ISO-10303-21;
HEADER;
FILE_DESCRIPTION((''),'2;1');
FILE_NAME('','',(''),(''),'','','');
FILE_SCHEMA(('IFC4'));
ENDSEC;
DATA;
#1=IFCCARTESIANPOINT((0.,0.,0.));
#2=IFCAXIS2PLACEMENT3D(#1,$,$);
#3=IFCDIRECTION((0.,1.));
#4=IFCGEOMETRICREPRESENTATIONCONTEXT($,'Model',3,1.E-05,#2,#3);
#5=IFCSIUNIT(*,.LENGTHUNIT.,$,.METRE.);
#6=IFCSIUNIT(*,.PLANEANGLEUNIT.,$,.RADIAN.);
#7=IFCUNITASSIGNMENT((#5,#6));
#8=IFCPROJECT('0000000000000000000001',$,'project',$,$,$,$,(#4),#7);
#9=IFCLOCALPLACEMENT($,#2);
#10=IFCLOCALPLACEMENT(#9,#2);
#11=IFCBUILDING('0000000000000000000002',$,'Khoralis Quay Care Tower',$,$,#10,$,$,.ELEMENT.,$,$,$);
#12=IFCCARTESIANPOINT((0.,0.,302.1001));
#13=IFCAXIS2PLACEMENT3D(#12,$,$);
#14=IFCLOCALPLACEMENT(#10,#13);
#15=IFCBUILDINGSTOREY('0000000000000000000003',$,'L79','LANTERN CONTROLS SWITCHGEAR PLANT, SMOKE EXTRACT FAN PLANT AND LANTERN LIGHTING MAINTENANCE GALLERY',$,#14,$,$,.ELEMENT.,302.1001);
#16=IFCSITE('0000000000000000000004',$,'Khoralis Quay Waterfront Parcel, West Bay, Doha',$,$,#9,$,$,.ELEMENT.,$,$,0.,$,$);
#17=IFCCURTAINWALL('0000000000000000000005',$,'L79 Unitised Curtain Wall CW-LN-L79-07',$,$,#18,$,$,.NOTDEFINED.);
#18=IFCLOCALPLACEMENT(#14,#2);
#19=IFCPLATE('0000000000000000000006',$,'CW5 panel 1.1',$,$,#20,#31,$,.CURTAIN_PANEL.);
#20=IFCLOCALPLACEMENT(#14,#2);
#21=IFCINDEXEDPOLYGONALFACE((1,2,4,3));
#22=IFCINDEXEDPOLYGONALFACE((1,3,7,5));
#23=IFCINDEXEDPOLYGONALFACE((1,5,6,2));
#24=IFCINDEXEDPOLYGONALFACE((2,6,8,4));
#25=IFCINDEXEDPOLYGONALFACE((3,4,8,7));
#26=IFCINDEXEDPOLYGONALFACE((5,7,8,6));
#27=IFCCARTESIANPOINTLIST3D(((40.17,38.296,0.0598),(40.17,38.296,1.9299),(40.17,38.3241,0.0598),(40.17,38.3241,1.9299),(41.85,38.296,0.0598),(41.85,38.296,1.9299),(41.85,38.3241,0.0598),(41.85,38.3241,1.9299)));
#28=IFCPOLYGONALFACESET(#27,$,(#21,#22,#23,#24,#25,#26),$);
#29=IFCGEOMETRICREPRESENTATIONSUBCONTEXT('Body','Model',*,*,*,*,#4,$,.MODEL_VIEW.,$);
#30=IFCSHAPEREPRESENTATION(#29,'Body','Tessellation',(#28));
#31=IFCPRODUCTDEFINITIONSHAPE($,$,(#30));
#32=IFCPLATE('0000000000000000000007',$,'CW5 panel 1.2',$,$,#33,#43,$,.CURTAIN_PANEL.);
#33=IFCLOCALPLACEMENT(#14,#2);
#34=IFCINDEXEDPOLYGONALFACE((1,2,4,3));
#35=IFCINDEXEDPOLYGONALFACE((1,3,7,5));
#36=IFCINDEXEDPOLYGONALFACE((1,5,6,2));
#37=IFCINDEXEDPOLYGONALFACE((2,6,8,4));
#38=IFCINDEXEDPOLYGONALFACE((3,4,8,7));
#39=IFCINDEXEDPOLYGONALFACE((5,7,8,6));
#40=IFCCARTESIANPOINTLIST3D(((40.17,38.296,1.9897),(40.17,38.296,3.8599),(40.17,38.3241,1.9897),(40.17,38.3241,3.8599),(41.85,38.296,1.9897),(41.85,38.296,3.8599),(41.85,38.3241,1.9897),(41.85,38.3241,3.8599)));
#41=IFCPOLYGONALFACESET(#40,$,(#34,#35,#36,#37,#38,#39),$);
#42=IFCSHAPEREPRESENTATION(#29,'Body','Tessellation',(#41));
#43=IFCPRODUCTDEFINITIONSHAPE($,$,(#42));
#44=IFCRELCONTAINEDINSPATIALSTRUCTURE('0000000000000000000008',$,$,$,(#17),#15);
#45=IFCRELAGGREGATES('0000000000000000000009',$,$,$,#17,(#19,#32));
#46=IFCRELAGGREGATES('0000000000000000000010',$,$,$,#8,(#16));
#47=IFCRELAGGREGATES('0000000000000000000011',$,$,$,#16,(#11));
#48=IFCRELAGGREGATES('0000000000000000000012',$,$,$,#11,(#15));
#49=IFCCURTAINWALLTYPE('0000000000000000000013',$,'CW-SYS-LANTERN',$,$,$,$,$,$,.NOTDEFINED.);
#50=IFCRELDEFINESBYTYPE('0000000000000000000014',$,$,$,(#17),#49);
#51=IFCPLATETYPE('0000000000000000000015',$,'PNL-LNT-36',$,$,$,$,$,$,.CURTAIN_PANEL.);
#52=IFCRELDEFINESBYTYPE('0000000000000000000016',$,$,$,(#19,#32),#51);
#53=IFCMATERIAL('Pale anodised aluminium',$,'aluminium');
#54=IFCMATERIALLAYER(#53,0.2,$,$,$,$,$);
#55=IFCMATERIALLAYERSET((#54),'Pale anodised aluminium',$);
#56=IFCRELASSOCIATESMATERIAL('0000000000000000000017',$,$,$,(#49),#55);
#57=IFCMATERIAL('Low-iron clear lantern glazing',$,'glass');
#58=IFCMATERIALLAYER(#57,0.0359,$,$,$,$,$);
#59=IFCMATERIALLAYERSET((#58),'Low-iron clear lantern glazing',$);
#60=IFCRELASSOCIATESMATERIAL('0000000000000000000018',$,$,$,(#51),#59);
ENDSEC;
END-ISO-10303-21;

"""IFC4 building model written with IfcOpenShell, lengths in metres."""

from ifc_helpers import new_model, si_unit, direction, frame, origin, origin_2d, place, context, subcontext, project, spatial, rectangle, extrude, source, transform, mapped, material, layer, layer_set, type_object, element, aggregate, save


model = new_model("IFC4")

# Units and contexts
model_context = context("Model", 3, precision=1e-05, world=origin(), true_north=direction((0.0, 1.0)))
body_context = subcontext(model_context, "Body", "Model", "MODEL_VIEW")
ifc_project = project(units=[si_unit("LENGTHUNIT", "METRE"), si_unit("PLANEANGLEUNIT", "RADIAN")], contexts=[model_context])

# Site, building, storey
site_placement = place(None, origin())
site = spatial("IfcSite", under=ifc_project, at=site_placement, Name="Khoralis Quay Waterfront Parcel, West Bay, Doha", CompositionType="ELEMENT", RefElevation=0.0)
building_placement = place(site_placement, origin())
building = spatial("IfcBuilding", under=site, at=building_placement, Name="Khoralis Quay Care Tower", CompositionType="ELEMENT")
storey_placement = place(building_placement, frame((0.0, 0.0, 302.1001)))
storey = spatial("IfcBuildingStorey", under=building, at=storey_placement, Name="L79", Description="LANTERN CONTROLS SWITCHGEAR PLANT, SMOKE EXTRACT FAN PLANT AND LANTERN LIGHTING MAINTENANCE GALLERY", CompositionType="ELEMENT", Elevation=302.1001)

# Shared definitions
ifc_material_1 = material(Name="Pale anodised aluminium", Category="aluminium")
ifc_layer_1 = layer(ifc_material_1, 0.2)
ifc_layer_set_1 = layer_set([ifc_layer_1], Name="Pale anodised aluminium")
curtain_wall_type = type_object("IfcCurtainWallType", Name="CW-SYS-LANTERN", PredefinedType="NOTDEFINED", material=ifc_layer_set_1)

# Curtain wall
curtain_wall_1_placement = place(storey_placement, origin())
curtain_wall_1 = element("IfcCurtainWall", 1, at=curtain_wall_1_placement, inside=storey, type_object=curtain_wall_type, Name="L79 Unitised Curtain Wall CW-LN-L79-07", PredefinedType="NOTDEFINED")

# Plates
ifc_material_2 = material(Name="Low-iron clear lantern glazing", Category="glass")
ifc_layer_2 = layer(ifc_material_2, 0.0359)
ifc_layer_set_2 = layer_set([ifc_layer_2], Name="Low-iron clear lantern glazing")
plate_type = type_object("IfcPlateType", Name="PNL-LNT-36", PredefinedType="CURTAIN_PANEL", material=ifc_layer_set_2)
shared_shape_1 = source(origin(), body_context, "Body", "SweptSolid", [
    extrude(rectangle(XDim=1.6799, YDim=0.0281, at=origin_2d()), origin(), (0.0, 0.0, 1.0), 1.8701),
])
plate_1_placement = place(storey_placement, frame((41.01, 38.3101, 0.0598), z_axis=(0.0, 0.0, 1.0), x_axis=(-1.0, 0.0, 0.0)))
plate_1 = element("IfcPlate", 2, at=plate_1_placement, type_object=plate_type, Name="CW5 panel 1.1", PredefinedType="CURTAIN_PANEL", context=body_context, shape_type="MappedRepresentation", body=[
    mapped(shared_shape_1, transform((0.0, 0.0, 0.0), scale=1.0)),
])
plate_2_placement = place(storey_placement, frame((41.01, 38.3101, 1.9897), z_axis=(0.0, 0.0, 1.0), x_axis=(-1.0, 0.0, 0.0)))
plate_2 = element("IfcPlate", 3, at=plate_2_placement, type_object=plate_type, Name="CW5 panel 1.2", PredefinedType="CURTAIN_PANEL", context=body_context, shape_type="MappedRepresentation", body=[
    mapped(shared_shape_1, transform((0.0, 0.0, 0.0), scale=1.0)),
])
aggregate(curtain_wall_1, [plate_1, plate_2])

save(model, "model.ifc")
